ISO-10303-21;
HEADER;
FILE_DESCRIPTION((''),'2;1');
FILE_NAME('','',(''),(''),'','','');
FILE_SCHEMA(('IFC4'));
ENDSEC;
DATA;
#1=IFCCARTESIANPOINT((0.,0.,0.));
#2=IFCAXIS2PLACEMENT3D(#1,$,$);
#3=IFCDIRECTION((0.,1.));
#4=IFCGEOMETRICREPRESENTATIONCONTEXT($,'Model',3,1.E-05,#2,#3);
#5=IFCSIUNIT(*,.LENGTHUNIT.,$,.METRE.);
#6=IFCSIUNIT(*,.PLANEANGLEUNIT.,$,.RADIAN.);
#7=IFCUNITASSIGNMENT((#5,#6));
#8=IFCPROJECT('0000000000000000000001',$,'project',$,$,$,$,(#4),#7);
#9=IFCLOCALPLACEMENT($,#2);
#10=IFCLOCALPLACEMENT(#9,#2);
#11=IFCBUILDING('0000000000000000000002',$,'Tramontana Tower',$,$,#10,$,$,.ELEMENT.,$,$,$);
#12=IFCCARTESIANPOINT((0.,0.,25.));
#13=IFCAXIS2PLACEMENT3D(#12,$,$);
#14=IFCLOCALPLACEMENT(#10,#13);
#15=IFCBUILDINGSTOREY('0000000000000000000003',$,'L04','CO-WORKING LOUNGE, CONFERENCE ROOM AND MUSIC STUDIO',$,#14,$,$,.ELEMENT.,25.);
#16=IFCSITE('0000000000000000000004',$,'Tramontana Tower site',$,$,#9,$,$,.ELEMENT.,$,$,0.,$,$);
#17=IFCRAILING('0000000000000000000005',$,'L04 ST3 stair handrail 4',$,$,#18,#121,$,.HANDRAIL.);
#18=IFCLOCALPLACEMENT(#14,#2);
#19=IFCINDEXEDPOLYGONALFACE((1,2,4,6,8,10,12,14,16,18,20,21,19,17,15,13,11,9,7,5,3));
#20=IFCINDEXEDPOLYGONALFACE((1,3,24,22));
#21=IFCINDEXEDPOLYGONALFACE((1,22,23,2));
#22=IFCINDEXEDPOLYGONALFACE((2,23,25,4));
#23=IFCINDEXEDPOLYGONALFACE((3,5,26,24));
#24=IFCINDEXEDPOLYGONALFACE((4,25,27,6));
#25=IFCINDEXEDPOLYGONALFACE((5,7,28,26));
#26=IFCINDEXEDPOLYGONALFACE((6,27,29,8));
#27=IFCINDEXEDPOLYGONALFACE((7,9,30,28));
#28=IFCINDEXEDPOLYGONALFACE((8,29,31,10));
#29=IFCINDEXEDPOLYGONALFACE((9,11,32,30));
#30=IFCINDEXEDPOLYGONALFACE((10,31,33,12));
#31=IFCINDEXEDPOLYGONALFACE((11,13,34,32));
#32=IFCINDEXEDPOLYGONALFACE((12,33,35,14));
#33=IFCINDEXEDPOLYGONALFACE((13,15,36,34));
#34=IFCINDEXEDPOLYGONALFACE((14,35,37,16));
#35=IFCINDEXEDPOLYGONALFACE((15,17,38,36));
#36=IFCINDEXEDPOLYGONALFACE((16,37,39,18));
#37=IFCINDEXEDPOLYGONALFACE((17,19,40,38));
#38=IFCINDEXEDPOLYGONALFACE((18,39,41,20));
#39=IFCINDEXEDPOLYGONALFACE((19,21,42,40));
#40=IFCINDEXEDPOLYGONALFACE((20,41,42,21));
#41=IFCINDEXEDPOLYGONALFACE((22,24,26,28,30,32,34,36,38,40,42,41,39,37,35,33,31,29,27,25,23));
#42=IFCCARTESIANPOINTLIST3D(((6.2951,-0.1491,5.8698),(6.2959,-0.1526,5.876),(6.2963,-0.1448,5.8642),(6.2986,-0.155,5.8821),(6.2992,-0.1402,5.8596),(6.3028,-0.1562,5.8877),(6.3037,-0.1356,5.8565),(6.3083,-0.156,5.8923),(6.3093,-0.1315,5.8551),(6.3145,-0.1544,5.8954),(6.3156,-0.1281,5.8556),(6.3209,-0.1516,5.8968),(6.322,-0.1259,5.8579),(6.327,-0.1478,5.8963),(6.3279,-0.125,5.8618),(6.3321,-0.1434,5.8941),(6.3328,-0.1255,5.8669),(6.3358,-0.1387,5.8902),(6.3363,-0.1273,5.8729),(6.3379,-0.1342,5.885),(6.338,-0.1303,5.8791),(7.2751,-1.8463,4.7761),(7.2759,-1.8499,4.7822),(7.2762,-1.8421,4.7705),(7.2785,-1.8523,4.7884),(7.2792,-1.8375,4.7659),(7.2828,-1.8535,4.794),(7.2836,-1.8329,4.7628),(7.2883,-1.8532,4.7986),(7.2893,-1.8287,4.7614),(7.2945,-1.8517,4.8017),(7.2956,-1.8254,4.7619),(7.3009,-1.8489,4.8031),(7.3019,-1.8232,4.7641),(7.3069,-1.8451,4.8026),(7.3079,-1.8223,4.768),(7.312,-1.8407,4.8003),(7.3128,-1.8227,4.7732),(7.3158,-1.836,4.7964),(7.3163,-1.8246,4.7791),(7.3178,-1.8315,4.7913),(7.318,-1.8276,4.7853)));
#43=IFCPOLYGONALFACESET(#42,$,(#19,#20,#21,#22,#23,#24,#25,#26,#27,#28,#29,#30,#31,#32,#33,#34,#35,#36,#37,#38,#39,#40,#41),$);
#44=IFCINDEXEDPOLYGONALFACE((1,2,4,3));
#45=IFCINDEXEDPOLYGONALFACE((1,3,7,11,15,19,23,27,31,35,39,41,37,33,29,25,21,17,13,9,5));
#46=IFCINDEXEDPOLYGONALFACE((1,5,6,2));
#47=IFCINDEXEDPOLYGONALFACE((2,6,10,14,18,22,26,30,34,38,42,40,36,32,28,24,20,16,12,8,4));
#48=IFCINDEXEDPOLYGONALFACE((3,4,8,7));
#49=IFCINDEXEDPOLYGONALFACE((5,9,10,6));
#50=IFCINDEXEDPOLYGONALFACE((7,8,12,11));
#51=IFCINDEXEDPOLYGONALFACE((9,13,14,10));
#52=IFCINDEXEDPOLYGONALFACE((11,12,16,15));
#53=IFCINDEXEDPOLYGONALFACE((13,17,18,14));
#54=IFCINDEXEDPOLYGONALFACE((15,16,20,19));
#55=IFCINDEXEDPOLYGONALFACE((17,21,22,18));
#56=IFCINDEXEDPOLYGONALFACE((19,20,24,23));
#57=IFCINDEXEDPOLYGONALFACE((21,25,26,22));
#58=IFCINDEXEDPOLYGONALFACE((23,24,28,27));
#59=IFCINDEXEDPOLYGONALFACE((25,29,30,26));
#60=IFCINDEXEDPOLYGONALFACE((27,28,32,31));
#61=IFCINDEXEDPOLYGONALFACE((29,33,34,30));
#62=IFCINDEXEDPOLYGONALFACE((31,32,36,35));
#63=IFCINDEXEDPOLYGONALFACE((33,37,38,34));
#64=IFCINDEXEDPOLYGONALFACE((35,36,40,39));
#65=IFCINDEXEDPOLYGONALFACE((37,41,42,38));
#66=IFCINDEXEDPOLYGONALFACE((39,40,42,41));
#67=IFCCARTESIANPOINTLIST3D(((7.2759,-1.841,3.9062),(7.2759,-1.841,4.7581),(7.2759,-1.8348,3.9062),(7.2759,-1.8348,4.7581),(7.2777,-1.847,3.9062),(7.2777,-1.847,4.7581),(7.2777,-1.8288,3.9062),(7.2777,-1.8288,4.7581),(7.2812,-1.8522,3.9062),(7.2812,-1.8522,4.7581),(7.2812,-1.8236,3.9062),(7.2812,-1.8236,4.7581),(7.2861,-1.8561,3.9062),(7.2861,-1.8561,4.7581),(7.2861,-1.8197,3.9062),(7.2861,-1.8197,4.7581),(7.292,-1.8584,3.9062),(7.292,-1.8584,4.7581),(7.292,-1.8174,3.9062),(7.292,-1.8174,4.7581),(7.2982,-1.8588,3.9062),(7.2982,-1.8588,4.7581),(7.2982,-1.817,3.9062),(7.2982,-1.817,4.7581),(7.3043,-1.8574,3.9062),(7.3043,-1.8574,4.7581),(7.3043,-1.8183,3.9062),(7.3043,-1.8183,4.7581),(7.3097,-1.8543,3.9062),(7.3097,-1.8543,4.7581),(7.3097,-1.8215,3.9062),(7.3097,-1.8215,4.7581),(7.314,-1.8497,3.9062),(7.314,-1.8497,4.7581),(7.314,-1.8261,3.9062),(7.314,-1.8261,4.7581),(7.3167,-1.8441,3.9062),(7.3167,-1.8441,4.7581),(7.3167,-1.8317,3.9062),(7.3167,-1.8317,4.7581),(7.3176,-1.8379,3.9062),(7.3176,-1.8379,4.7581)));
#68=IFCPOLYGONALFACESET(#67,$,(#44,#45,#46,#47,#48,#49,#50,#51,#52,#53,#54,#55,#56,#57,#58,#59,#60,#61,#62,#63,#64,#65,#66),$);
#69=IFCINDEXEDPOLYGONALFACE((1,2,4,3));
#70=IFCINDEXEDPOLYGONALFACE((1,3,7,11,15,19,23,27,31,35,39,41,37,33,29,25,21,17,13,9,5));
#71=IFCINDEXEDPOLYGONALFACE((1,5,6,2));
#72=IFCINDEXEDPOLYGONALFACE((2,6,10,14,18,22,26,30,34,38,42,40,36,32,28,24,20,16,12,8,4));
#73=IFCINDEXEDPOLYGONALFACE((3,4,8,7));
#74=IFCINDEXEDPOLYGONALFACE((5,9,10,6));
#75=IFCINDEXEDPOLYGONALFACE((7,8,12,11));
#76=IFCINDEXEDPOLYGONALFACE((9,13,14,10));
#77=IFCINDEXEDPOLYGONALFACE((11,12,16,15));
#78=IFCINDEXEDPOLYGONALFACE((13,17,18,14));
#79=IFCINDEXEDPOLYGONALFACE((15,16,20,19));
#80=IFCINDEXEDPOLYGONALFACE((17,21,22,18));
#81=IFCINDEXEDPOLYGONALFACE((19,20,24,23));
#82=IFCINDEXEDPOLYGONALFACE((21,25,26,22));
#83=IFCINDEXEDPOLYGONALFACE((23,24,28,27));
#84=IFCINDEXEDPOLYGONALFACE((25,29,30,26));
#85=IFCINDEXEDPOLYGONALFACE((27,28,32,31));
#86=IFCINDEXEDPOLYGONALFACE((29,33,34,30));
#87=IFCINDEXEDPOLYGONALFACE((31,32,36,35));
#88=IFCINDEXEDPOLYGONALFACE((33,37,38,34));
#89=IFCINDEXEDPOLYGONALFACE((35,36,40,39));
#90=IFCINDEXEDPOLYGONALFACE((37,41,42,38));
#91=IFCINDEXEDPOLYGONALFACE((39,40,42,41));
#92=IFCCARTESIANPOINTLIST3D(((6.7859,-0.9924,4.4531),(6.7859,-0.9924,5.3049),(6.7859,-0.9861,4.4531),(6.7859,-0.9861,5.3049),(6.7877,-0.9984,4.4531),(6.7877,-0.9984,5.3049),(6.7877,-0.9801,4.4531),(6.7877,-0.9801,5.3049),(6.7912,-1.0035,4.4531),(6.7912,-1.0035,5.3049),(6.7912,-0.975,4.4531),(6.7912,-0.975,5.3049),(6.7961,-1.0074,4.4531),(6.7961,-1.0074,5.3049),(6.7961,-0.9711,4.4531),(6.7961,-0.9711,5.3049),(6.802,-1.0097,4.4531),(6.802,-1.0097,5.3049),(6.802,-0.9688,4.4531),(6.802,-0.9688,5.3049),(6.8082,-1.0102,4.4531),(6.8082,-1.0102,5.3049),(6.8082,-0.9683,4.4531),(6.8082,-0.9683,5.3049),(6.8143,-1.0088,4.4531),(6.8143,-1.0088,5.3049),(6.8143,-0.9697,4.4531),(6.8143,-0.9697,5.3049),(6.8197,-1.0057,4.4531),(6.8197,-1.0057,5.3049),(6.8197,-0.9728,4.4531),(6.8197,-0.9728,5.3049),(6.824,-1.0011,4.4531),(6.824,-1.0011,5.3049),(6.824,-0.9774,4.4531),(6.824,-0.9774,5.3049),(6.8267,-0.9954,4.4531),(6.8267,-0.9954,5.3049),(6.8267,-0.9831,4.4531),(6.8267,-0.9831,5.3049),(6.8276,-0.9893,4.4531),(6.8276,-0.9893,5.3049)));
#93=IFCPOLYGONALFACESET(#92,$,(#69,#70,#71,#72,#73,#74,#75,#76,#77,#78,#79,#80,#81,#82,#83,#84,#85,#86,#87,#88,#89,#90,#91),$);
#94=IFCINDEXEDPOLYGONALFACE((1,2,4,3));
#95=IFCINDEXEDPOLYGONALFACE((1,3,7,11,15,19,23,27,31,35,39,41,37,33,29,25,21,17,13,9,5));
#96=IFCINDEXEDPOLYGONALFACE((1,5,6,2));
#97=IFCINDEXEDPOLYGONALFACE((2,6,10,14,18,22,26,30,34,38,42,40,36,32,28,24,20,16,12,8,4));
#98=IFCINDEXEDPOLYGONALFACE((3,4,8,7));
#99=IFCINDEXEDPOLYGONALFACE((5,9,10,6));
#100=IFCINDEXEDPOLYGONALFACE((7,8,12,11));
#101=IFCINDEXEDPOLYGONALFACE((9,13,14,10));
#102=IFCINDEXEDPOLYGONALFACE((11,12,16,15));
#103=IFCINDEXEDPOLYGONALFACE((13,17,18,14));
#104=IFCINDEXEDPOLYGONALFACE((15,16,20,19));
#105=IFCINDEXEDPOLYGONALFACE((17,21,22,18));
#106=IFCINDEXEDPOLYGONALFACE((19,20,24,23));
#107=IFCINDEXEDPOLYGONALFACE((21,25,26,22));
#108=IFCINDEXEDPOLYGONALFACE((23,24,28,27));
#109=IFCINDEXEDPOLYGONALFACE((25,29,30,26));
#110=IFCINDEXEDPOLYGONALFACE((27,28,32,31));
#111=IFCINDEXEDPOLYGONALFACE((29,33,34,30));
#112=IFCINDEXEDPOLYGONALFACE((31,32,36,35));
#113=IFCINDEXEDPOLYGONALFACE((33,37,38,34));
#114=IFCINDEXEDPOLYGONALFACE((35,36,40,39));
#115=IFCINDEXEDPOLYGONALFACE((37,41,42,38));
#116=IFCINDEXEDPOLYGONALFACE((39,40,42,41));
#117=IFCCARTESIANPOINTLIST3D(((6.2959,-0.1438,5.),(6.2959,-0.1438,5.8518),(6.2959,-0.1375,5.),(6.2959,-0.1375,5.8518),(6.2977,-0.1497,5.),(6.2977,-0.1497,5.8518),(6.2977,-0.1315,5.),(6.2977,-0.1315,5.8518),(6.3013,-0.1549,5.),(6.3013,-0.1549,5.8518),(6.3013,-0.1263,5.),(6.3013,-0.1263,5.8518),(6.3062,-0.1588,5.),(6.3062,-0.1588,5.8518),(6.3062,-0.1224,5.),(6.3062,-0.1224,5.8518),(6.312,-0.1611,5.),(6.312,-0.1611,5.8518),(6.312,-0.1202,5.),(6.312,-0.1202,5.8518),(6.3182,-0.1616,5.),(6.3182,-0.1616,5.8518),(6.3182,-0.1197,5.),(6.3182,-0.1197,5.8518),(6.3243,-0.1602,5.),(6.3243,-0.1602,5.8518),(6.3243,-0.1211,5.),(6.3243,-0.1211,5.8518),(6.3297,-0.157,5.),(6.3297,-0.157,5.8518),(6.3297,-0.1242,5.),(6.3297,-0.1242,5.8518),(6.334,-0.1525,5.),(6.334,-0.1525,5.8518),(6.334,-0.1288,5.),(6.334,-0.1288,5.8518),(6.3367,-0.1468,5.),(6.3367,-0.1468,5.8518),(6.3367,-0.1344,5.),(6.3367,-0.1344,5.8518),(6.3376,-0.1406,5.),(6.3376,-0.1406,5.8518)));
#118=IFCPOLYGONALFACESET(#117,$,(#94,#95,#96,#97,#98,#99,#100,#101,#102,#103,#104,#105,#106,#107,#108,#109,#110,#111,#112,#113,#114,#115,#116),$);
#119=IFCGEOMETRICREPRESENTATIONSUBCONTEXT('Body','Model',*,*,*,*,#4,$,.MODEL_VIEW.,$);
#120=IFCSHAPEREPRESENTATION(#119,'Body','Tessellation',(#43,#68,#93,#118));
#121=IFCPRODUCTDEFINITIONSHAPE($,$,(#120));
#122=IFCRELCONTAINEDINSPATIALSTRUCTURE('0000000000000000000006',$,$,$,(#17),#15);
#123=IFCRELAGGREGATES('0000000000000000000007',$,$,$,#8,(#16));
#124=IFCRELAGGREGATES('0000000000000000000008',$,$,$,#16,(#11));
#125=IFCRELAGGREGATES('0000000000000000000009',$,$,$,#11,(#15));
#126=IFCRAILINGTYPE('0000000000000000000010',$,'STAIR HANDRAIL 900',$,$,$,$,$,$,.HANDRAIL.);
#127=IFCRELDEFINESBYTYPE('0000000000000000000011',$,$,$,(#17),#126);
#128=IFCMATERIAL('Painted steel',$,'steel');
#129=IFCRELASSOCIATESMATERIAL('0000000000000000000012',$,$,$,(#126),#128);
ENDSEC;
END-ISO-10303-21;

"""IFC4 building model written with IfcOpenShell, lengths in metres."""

from ifc_helpers import new_model, si_unit, direction, frame, origin, origin_2d, place, context, subcontext, project, spatial, circle, extrude, material, type_object, element, save


model = new_model("IFC4")

# Units and contexts
model_context = context("Model", 3, precision=1e-05, world=origin(), true_north=direction((0.0, 1.0)))
body_context = subcontext(model_context, "Body", "Model", "MODEL_VIEW")
ifc_project = project(units=[si_unit("LENGTHUNIT", "METRE"), si_unit("PLANEANGLEUNIT", "RADIAN")], contexts=[model_context])

# Site, building, storey
site_placement = place(None, origin())
site = spatial("IfcSite", under=ifc_project, at=site_placement, Name="Tramontana Tower site", CompositionType="ELEMENT", RefElevation=0.0)
building_placement = place(site_placement, origin())
building = spatial("IfcBuilding", under=site, at=building_placement, Name="Tramontana Tower", CompositionType="ELEMENT")
storey_placement = place(building_placement, frame((0.0, 0.0, 25.0)))
storey = spatial("IfcBuildingStorey", under=building, at=storey_placement, Name="L04", Description="CO-WORKING LOUNGE, CONFERENCE ROOM AND MUSIC STUDIO", CompositionType="ELEMENT", Elevation=25.0)

# Railing
ifc_material_1 = material(Name="Painted steel", Category="steel")
railing_type_1 = type_object("IfcRailingType", Name="STAIR HANDRAIL 900", PredefinedType="HANDRAIL", material=ifc_material_1)
railing_1_placement = place(storey_placement, frame((7.2966, -1.8379, 3.9062)))
element("IfcRailing", 1, at=railing_1_placement, inside=storey, type_object=railing_type_1, Name="L04 ST3 stair handrail 4", PredefinedType="HANDRAIL", context=body_context, shape_type="SweptSolid", body=[
    extrude(circle(Radius=0.0239, at=origin_2d()), frame((0.0, 0.0, 0.876), z_axis=(-0.436632, 0.75622, 0.487323), x_axis=(-0.866011, -0.500024, 0.0)), (0.0, 0.0, 1.0), 2.2444),
    extrude(circle(Radius=0.021, at=origin_2d()), origin(), (0.0, 0.0, 1.0), 0.8518),
    extrude(circle(Radius=0.021, at=origin_2d()), frame((-0.49, 0.8486, 0.5469)), (0.0, 0.0, 1.0), 0.8518),
    extrude(circle(Radius=0.021, at=origin_2d()), frame((-0.98, 1.6973, 1.0938)), (0.0, 0.0, 1.0), 0.8518),
])

save(model, "model.ifc")
